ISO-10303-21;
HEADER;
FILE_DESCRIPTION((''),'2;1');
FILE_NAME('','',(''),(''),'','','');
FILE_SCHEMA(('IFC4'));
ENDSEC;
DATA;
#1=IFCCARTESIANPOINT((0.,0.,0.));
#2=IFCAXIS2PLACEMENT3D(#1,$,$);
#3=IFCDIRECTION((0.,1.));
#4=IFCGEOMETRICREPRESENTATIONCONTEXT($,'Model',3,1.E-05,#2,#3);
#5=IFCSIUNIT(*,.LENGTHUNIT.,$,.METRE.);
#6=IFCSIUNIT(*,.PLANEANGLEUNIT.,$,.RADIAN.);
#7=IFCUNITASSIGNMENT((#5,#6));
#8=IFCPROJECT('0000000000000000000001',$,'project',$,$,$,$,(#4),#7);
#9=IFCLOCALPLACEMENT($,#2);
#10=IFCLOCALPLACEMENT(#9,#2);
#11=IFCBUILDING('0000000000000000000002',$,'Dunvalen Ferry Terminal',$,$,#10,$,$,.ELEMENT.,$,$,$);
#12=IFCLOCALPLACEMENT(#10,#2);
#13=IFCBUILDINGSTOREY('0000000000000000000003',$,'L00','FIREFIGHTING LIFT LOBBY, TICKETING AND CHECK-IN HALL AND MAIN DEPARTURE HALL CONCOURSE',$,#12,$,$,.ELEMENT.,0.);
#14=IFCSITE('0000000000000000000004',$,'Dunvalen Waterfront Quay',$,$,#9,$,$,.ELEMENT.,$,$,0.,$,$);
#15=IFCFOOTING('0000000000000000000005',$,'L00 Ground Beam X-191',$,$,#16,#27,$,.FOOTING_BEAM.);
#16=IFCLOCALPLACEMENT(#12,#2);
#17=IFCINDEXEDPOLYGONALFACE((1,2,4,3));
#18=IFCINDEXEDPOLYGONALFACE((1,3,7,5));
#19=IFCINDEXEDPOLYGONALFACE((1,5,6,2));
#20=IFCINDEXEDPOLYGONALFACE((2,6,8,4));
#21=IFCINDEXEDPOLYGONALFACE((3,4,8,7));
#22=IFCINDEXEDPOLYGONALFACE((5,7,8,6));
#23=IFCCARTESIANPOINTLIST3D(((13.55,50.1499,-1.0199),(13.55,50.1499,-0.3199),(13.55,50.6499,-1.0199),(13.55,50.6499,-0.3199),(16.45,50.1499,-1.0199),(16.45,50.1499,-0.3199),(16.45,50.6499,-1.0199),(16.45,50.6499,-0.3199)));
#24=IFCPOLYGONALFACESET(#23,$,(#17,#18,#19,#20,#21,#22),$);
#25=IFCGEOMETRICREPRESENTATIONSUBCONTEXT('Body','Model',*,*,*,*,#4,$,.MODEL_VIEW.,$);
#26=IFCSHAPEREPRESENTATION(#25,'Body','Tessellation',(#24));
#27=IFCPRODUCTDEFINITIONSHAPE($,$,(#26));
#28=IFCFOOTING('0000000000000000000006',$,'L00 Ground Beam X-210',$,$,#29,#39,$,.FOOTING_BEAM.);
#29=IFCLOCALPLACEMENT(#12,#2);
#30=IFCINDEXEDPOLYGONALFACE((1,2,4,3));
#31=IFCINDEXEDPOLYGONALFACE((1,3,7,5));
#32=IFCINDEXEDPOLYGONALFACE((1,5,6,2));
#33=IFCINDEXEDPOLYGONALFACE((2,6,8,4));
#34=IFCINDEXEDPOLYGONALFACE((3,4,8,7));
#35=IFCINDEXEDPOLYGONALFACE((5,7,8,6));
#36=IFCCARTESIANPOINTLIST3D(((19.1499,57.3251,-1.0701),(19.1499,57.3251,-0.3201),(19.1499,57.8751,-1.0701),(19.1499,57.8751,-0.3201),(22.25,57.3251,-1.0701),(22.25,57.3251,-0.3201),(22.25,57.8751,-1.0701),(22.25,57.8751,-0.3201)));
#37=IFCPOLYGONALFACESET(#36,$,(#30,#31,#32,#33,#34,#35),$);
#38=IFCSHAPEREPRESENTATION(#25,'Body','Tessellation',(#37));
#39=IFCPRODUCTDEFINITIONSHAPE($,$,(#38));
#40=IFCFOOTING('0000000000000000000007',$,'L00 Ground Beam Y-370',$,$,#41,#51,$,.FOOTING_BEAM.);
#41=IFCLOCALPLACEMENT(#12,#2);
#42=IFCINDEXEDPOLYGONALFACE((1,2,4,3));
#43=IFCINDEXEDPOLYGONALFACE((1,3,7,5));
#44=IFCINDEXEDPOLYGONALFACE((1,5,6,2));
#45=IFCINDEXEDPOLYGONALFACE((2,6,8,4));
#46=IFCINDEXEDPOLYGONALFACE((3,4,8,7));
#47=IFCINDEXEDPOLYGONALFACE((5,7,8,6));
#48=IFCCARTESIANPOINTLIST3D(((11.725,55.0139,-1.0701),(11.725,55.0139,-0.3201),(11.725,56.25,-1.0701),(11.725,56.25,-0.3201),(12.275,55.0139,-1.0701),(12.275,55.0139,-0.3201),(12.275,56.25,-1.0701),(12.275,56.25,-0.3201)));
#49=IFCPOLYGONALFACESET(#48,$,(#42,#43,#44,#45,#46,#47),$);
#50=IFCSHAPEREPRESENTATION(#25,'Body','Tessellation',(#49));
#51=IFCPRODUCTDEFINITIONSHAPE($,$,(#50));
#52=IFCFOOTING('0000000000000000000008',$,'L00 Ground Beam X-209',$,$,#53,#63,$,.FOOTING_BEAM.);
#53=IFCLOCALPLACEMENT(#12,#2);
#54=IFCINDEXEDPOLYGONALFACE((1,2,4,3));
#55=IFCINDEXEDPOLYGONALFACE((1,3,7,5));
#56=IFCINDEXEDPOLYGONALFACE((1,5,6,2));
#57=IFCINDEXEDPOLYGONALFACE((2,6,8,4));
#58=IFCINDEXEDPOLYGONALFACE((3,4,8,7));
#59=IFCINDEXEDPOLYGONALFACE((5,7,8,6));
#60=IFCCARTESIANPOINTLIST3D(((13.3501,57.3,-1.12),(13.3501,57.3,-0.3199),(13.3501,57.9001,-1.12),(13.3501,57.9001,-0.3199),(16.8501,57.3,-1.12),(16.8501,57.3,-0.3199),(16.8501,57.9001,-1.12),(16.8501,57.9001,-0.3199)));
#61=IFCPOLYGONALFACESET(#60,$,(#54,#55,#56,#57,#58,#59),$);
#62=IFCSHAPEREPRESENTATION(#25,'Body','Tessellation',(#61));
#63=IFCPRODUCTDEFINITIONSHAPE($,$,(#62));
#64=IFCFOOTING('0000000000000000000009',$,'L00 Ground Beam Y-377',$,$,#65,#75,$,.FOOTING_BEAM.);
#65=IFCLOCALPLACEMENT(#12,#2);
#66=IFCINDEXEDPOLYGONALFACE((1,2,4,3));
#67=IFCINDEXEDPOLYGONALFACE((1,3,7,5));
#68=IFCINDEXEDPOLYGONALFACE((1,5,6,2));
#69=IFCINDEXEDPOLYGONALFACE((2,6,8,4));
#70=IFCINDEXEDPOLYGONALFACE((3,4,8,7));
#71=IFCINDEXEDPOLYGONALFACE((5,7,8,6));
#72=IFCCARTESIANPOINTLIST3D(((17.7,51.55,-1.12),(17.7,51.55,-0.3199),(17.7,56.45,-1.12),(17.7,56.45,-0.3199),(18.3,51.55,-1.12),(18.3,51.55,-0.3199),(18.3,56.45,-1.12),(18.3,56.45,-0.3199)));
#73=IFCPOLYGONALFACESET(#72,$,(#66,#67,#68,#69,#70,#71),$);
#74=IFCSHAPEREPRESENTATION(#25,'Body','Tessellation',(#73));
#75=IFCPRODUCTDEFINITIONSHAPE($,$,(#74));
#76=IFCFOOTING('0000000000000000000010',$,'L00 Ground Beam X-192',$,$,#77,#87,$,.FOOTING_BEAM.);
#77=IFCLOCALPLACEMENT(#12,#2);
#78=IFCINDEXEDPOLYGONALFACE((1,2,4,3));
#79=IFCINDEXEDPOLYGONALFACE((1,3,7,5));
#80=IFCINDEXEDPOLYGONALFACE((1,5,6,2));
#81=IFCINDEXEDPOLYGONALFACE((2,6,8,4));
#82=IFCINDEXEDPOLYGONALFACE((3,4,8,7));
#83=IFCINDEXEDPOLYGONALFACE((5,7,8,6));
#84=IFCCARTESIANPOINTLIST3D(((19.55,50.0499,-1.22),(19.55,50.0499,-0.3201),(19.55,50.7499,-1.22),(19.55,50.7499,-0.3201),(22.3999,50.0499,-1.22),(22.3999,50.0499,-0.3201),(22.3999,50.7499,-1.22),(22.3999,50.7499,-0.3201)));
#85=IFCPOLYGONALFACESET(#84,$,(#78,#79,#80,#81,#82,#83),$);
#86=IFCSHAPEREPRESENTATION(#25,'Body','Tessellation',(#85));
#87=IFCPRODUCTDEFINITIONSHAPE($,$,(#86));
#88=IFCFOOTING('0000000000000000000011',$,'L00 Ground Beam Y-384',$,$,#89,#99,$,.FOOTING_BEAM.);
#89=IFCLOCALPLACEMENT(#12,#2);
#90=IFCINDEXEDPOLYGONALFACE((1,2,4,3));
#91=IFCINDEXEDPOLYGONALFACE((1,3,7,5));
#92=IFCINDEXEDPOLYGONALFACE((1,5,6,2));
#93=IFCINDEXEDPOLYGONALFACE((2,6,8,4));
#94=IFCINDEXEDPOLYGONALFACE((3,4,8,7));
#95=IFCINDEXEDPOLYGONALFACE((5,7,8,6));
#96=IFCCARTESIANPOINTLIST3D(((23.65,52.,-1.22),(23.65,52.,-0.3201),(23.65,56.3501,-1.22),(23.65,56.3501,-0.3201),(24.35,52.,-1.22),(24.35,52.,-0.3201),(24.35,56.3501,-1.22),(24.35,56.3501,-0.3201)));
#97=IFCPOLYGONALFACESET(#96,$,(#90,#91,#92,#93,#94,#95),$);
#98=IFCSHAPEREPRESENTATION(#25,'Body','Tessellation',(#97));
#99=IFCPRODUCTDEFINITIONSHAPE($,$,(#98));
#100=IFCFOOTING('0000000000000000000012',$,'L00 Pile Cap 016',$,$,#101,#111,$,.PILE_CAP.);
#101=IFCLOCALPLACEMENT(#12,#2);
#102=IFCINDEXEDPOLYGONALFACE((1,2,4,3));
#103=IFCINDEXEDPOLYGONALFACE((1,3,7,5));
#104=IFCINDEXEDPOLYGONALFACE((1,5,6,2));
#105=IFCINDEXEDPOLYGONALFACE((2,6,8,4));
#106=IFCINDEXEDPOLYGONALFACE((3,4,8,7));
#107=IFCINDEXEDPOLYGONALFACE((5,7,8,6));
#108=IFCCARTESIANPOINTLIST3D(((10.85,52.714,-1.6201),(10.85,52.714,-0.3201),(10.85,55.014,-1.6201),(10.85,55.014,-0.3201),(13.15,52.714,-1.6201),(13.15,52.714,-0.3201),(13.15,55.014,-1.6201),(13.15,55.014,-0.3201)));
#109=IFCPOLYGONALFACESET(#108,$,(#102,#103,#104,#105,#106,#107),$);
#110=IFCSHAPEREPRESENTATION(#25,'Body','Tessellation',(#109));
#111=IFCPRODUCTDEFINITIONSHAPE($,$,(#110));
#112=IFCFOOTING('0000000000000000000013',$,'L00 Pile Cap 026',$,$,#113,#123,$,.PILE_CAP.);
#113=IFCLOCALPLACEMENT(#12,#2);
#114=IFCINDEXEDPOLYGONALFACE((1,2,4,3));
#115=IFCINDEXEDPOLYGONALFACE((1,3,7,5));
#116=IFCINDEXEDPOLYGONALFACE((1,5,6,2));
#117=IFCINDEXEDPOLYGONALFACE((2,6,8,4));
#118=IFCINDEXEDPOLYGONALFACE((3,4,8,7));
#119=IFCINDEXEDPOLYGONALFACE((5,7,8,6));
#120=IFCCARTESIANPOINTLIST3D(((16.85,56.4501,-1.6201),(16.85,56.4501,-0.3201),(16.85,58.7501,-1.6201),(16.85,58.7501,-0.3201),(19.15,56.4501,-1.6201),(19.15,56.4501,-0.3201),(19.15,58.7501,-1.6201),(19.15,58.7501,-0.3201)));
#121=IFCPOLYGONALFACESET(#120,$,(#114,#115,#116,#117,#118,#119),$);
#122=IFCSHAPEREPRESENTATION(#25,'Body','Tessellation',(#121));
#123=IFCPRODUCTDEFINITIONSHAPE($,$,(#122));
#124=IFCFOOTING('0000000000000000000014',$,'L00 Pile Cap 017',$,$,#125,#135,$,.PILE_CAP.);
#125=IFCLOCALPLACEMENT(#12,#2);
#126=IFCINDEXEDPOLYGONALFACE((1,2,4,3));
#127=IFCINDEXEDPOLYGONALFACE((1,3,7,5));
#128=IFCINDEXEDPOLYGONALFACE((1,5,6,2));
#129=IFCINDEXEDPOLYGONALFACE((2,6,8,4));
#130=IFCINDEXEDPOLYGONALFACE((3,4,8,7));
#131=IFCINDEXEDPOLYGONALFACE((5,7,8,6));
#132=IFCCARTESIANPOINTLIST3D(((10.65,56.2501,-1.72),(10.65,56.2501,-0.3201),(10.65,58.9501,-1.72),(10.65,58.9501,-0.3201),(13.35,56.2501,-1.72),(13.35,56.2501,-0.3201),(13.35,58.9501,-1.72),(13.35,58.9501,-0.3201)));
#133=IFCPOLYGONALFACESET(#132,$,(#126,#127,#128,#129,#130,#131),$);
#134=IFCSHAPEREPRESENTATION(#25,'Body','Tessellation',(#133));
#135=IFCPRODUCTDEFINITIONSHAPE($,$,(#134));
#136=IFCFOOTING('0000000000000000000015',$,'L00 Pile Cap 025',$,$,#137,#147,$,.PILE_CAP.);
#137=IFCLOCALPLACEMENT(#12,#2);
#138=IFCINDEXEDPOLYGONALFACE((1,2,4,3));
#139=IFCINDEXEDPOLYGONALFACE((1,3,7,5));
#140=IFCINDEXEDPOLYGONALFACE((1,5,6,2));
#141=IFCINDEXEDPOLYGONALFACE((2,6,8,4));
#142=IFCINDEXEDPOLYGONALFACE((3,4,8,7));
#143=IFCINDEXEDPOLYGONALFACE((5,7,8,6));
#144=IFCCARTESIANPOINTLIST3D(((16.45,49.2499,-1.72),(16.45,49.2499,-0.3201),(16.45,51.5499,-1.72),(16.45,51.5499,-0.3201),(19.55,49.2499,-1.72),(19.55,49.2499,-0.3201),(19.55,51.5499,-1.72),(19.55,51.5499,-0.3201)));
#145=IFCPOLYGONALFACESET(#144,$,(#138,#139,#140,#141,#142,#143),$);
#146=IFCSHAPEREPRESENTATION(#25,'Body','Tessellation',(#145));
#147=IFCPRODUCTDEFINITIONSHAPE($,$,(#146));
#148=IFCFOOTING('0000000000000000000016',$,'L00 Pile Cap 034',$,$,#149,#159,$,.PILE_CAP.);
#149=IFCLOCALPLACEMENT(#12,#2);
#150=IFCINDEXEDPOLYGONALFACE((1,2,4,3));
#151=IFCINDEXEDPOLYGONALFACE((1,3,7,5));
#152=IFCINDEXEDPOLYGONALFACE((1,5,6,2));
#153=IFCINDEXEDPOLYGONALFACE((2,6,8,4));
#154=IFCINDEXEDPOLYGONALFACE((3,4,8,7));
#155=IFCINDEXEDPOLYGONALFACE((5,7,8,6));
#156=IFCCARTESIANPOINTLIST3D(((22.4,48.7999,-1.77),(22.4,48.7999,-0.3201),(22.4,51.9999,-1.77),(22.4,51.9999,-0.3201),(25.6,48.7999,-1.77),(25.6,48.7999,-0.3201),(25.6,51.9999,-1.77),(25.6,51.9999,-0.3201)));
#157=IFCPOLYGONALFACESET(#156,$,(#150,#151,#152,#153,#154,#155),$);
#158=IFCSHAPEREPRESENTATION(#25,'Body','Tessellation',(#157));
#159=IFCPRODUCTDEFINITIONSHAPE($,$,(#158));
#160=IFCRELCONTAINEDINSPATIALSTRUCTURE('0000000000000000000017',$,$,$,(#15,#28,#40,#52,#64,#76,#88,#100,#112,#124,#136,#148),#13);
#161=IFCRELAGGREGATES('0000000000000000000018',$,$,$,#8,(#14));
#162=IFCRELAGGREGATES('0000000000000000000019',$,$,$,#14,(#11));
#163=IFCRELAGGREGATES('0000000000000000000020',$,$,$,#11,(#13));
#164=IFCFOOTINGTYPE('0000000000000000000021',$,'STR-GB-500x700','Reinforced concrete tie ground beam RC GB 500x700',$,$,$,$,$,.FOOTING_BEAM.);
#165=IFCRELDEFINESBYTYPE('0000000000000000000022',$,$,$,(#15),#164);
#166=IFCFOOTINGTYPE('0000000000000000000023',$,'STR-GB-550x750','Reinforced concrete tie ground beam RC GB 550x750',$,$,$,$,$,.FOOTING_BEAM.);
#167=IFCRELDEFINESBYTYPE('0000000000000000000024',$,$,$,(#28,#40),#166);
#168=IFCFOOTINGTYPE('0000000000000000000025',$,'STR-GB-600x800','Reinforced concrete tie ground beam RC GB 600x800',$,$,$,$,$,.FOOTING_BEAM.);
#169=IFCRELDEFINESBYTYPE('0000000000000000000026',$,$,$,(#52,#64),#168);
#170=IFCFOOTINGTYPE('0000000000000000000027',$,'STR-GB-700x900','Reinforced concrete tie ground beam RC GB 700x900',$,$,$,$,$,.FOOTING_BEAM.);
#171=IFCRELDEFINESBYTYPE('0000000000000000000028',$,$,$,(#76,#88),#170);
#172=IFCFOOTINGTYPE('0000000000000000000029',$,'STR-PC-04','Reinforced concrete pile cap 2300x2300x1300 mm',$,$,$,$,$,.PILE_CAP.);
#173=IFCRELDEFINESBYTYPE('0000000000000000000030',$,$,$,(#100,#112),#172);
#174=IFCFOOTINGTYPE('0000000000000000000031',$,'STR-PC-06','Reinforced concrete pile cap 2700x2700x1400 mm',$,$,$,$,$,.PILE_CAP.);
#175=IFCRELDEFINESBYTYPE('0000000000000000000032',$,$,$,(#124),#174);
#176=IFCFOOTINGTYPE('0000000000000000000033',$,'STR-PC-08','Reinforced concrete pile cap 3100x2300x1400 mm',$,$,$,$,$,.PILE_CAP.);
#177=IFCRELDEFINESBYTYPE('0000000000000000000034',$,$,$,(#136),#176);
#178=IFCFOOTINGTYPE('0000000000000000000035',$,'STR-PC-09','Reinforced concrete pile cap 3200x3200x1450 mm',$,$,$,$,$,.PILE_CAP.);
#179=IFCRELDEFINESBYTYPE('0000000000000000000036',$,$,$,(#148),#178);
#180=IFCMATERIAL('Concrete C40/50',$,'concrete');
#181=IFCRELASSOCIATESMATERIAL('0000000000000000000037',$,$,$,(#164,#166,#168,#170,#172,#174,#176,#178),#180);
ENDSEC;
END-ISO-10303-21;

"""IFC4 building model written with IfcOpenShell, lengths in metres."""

from ifc_helpers import new_model, si_unit, direction, frame, origin, origin_2d, place, context, subcontext, project, spatial, rectangle, extrude, material, material_profile, profile_set, type_object, element, save


model = new_model("IFC4")

# Units and contexts
model_context = context("Model", 3, precision=1e-05, world=origin(), true_north=direction((0.0, 1.0)))
body_context = subcontext(model_context, "Body", "Model", "MODEL_VIEW")
ifc_project = project(units=[si_unit("LENGTHUNIT", "METRE"), si_unit("PLANEANGLEUNIT", "RADIAN")], contexts=[model_context])

# Site, building, storey
site_placement = place(None, origin())
site = spatial("IfcSite", under=ifc_project, at=site_placement, Name="Dunvalen Waterfront Quay", CompositionType="ELEMENT", RefElevation=0.0)
building_placement = place(site_placement, origin())
building = spatial("IfcBuilding", under=site, at=building_placement, Name="Dunvalen Ferry Terminal", CompositionType="ELEMENT")
storey_placement = place(building_placement, origin())
storey = spatial("IfcBuildingStorey", under=building, at=storey_placement, Name="L00", Description="FIREFIGHTING LIFT LOBBY, TICKETING AND CHECK-IN HALL AND MAIN DEPARTURE HALL CONCOURSE", CompositionType="ELEMENT", Elevation=0.0)

# Footings
ifc_material_1 = material(Name="Concrete C40/50", Category="concrete")
ifc_material_profile_1 = material_profile(ifc_material_1, rectangle(XDim=0.5, YDim=0.7, at=origin_2d()), Name="Concrete C40/50")
ifc_profile_set_1 = profile_set([ifc_material_profile_1], Name="Concrete C40/50")
footing_type_1 = type_object("IfcFootingType", Name="STR-GB-500x700", Description="Reinforced concrete tie ground beam RC GB 500x700", PredefinedType="FOOTING_BEAM", material=ifc_profile_set_1)
footing_1_placement = place(storey_placement, frame((13.55, 50.3999, -0.6699), z_axis=(1.0, 0.0, 0.0), x_axis=(0.0, 1.0, 0.0)))
element("IfcFooting", 1, at=footing_1_placement, inside=storey, type_object=footing_type_1, Name="L00 Ground Beam X-191", PredefinedType="FOOTING_BEAM", context=body_context, shape_type="SweptSolid", body=[
    extrude(rectangle(XDim=0.5, YDim=0.7, at=origin_2d()), origin(), (0.0, 0.0, 1.0), 2.8999),
])
ifc_material_profile_2 = material_profile(ifc_material_1, rectangle(XDim=0.55, YDim=0.75, at=origin_2d()), Name="Concrete C40/50")
ifc_profile_set_2 = profile_set([ifc_material_profile_2], Name="Concrete C40/50")
footing_type_2 = type_object("IfcFootingType", Name="STR-GB-550x750", Description="Reinforced concrete tie ground beam RC GB 550x750", PredefinedType="FOOTING_BEAM", material=ifc_profile_set_2)
footing_2_placement = place(storey_placement, frame((19.1499, 57.6001, -0.6951), z_axis=(1.0, 0.0, 0.0), x_axis=(0.0, 1.0, 0.0)))
element("IfcFooting", 2, at=footing_2_placement, inside=storey, type_object=footing_type_2, Name="L00 Ground Beam X-210", PredefinedType="FOOTING_BEAM", context=body_context, shape_type="SweptSolid", body=[
    extrude(rectangle(XDim=0.55, YDim=0.75, at=origin_2d()), origin(), (0.0, 0.0, 1.0), 3.1001),
])
footing_3_placement = place(storey_placement, frame((12.0, 55.0139, -0.6951), z_axis=(0.0, 1.0, 0.0), x_axis=(-1.0, 0.0, 0.0)))
element("IfcFooting", 3, at=footing_3_placement, inside=storey, type_object=footing_type_2, Name="L00 Ground Beam Y-370", PredefinedType="FOOTING_BEAM", context=body_context, shape_type="SweptSolid", body=[
    extrude(rectangle(XDim=0.55, YDim=0.75, at=origin_2d()), origin(), (0.0, 0.0, 1.0), 1.2361),
])
ifc_material_profile_3 = material_profile(ifc_material_1, rectangle(XDim=0.6001, YDim=0.8, at=origin_2d()), Name="Concrete C40/50")
ifc_profile_set_3 = profile_set([ifc_material_profile_3], Name="Concrete C40/50")
footing_type_3 = type_object("IfcFootingType", Name="STR-GB-600x800", Description="Reinforced concrete tie ground beam RC GB 600x800", PredefinedType="FOOTING_BEAM", material=ifc_profile_set_3)
footing_4_placement = place(storey_placement, frame((13.3501, 57.6001, -0.72), z_axis=(1.0, 0.0, 0.0), x_axis=(0.0, 1.0, 0.0)))
element("IfcFooting", 4, at=footing_4_placement, inside=storey, type_object=footing_type_3, Name="L00 Ground Beam X-209", PredefinedType="FOOTING_BEAM", context=body_context, shape_type="SweptSolid", body=[
    extrude(rectangle(XDim=0.6001, YDim=0.8, at=origin_2d()), origin(), (0.0, 0.0, 1.0), 3.5),
])
footing_5_placement = place(storey_placement, frame((18.0, 51.55, -0.72), z_axis=(0.0, 1.0, 0.0), x_axis=(-1.0, 0.0, 0.0)))
element("IfcFooting", 5, at=footing_5_placement, inside=storey, type_object=footing_type_3, Name="L00 Ground Beam Y-377", PredefinedType="FOOTING_BEAM", context=body_context, shape_type="SweptSolid", body=[
    extrude(rectangle(XDim=0.6001, YDim=0.8, at=origin_2d()), origin(), (0.0, 0.0, 1.0), 4.8999),
])
ifc_material_profile_4 = material_profile(ifc_material_1, rectangle(XDim=0.7, YDim=0.8999, at=origin_2d()), Name="Concrete C40/50")
ifc_profile_set_4 = profile_set([ifc_material_profile_4], Name="Concrete C40/50")
footing_type_4 = type_object("IfcFootingType", Name="STR-GB-700x900", Description="Reinforced concrete tie ground beam RC GB 700x900", PredefinedType="FOOTING_BEAM", material=ifc_profile_set_4)
footing_6_placement = place(storey_placement, frame((19.55, 50.3999, -0.77), z_axis=(1.0, 0.0, 0.0), x_axis=(0.0, 1.0, 0.0)))
element("IfcFooting", 6, at=footing_6_placement, inside=storey, type_object=footing_type_4, Name="L00 Ground Beam X-192", PredefinedType="FOOTING_BEAM", context=body_context, shape_type="SweptSolid", body=[
    extrude(rectangle(XDim=0.7, YDim=0.8999, at=origin_2d()), origin(), (0.0, 0.0, 1.0), 2.8499),
])
footing_7_placement = place(storey_placement, frame((24.0, 52.0, -0.77), z_axis=(0.0, 1.0, 0.0), x_axis=(-1.0, 0.0, 0.0)))
element("IfcFooting", 7, at=footing_7_placement, inside=storey, type_object=footing_type_4, Name="L00 Ground Beam Y-384", PredefinedType="FOOTING_BEAM", context=body_context, shape_type="SweptSolid", body=[
    extrude(rectangle(XDim=0.7, YDim=0.8999, at=origin_2d()), origin(), (0.0, 0.0, 1.0), 4.3501),
])
footing_type_5 = type_object("IfcFootingType", Name="STR-PC-04", Description="Reinforced concrete pile cap 2300x2300x1300 mm", PredefinedType="PILE_CAP", material=ifc_material_1)
for number, where, z_axis, x_axis, name in (
    (8, (12.0, 53.864, -1.6201), (0.0, 0.0, 1.0), (1.0, 0.0, 0.0), "L00 Pile Cap 016"),
    (9, (18.0, 57.6001, -1.6201), (0.0, 0.0, 1.0), (1.0, 0.0, 0.0), "L00 Pile Cap 026"),
):
    element("IfcFooting", number, at=place(storey_placement, frame(where, z_axis=z_axis, x_axis=x_axis)), inside=storey, type_object=footing_type_5, Name=name, PredefinedType="PILE_CAP", context=body_context, shape_type="SweptSolid", body=[
        extrude(rectangle(XDim=2.3, YDim=2.3, at=origin_2d()), origin(), (0.0, 0.0, 1.0), 1.3),
    ])
footing_type_6 = type_object("IfcFootingType", Name="STR-PC-06", Description="Reinforced concrete pile cap 2700x2700x1400 mm", PredefinedType="PILE_CAP", material=ifc_material_1)
footing_8_placement = place(storey_placement, frame((12.0, 57.6001, -1.72), z_axis=(0.0, 0.0, 1.0), x_axis=(1.0, 0.0, 0.0)))
element("IfcFooting", 10, at=footing_8_placement, inside=storey, type_object=footing_type_6, Name="L00 Pile Cap 017", PredefinedType="PILE_CAP", context=body_context, shape_type="SweptSolid", body=[
    extrude(rectangle(XDim=2.7, YDim=2.7, at=origin_2d()), origin(), (0.0, 0.0, 1.0), 1.3999),
])
footing_type_7 = type_object("IfcFootingType", Name="STR-PC-08", Description="Reinforced concrete pile cap 3100x2300x1400 mm", PredefinedType="PILE_CAP", material=ifc_material_1)
footing_9_placement = place(storey_placement, frame((18.0, 50.3999, -1.72), z_axis=(0.0, 0.0, 1.0), x_axis=(1.0, 0.0, 0.0)))
element("IfcFooting", 11, at=footing_9_placement, inside=storey, type_object=footing_type_7, Name="L00 Pile Cap 025", PredefinedType="PILE_CAP", context=body_context, shape_type="SweptSolid", body=[
    extrude(rectangle(XDim=3.1001, YDim=2.3, at=origin_2d()), origin(), (0.0, 0.0, 1.0), 1.3999),
])
footing_type_8 = type_object("IfcFootingType", Name="STR-PC-09", Description="Reinforced concrete pile cap 3200x3200x1450 mm", PredefinedType="PILE_CAP", material=ifc_material_1)
footing_10_placement = place(storey_placement, frame((24.0, 50.3999, -1.77), z_axis=(0.0, 0.0, 1.0), x_axis=(1.0, 0.0, 0.0)))
element("IfcFooting", 12, at=footing_10_placement, inside=storey, type_object=footing_type_8, Name="L00 Pile Cap 034", PredefinedType="PILE_CAP", context=body_context, shape_type="SweptSolid", body=[
    extrude(rectangle(XDim=3.2, YDim=3.2, at=origin_2d()), origin(), (0.0, 0.0, 1.0), 1.45),
])

save(model, "model.ifc")
